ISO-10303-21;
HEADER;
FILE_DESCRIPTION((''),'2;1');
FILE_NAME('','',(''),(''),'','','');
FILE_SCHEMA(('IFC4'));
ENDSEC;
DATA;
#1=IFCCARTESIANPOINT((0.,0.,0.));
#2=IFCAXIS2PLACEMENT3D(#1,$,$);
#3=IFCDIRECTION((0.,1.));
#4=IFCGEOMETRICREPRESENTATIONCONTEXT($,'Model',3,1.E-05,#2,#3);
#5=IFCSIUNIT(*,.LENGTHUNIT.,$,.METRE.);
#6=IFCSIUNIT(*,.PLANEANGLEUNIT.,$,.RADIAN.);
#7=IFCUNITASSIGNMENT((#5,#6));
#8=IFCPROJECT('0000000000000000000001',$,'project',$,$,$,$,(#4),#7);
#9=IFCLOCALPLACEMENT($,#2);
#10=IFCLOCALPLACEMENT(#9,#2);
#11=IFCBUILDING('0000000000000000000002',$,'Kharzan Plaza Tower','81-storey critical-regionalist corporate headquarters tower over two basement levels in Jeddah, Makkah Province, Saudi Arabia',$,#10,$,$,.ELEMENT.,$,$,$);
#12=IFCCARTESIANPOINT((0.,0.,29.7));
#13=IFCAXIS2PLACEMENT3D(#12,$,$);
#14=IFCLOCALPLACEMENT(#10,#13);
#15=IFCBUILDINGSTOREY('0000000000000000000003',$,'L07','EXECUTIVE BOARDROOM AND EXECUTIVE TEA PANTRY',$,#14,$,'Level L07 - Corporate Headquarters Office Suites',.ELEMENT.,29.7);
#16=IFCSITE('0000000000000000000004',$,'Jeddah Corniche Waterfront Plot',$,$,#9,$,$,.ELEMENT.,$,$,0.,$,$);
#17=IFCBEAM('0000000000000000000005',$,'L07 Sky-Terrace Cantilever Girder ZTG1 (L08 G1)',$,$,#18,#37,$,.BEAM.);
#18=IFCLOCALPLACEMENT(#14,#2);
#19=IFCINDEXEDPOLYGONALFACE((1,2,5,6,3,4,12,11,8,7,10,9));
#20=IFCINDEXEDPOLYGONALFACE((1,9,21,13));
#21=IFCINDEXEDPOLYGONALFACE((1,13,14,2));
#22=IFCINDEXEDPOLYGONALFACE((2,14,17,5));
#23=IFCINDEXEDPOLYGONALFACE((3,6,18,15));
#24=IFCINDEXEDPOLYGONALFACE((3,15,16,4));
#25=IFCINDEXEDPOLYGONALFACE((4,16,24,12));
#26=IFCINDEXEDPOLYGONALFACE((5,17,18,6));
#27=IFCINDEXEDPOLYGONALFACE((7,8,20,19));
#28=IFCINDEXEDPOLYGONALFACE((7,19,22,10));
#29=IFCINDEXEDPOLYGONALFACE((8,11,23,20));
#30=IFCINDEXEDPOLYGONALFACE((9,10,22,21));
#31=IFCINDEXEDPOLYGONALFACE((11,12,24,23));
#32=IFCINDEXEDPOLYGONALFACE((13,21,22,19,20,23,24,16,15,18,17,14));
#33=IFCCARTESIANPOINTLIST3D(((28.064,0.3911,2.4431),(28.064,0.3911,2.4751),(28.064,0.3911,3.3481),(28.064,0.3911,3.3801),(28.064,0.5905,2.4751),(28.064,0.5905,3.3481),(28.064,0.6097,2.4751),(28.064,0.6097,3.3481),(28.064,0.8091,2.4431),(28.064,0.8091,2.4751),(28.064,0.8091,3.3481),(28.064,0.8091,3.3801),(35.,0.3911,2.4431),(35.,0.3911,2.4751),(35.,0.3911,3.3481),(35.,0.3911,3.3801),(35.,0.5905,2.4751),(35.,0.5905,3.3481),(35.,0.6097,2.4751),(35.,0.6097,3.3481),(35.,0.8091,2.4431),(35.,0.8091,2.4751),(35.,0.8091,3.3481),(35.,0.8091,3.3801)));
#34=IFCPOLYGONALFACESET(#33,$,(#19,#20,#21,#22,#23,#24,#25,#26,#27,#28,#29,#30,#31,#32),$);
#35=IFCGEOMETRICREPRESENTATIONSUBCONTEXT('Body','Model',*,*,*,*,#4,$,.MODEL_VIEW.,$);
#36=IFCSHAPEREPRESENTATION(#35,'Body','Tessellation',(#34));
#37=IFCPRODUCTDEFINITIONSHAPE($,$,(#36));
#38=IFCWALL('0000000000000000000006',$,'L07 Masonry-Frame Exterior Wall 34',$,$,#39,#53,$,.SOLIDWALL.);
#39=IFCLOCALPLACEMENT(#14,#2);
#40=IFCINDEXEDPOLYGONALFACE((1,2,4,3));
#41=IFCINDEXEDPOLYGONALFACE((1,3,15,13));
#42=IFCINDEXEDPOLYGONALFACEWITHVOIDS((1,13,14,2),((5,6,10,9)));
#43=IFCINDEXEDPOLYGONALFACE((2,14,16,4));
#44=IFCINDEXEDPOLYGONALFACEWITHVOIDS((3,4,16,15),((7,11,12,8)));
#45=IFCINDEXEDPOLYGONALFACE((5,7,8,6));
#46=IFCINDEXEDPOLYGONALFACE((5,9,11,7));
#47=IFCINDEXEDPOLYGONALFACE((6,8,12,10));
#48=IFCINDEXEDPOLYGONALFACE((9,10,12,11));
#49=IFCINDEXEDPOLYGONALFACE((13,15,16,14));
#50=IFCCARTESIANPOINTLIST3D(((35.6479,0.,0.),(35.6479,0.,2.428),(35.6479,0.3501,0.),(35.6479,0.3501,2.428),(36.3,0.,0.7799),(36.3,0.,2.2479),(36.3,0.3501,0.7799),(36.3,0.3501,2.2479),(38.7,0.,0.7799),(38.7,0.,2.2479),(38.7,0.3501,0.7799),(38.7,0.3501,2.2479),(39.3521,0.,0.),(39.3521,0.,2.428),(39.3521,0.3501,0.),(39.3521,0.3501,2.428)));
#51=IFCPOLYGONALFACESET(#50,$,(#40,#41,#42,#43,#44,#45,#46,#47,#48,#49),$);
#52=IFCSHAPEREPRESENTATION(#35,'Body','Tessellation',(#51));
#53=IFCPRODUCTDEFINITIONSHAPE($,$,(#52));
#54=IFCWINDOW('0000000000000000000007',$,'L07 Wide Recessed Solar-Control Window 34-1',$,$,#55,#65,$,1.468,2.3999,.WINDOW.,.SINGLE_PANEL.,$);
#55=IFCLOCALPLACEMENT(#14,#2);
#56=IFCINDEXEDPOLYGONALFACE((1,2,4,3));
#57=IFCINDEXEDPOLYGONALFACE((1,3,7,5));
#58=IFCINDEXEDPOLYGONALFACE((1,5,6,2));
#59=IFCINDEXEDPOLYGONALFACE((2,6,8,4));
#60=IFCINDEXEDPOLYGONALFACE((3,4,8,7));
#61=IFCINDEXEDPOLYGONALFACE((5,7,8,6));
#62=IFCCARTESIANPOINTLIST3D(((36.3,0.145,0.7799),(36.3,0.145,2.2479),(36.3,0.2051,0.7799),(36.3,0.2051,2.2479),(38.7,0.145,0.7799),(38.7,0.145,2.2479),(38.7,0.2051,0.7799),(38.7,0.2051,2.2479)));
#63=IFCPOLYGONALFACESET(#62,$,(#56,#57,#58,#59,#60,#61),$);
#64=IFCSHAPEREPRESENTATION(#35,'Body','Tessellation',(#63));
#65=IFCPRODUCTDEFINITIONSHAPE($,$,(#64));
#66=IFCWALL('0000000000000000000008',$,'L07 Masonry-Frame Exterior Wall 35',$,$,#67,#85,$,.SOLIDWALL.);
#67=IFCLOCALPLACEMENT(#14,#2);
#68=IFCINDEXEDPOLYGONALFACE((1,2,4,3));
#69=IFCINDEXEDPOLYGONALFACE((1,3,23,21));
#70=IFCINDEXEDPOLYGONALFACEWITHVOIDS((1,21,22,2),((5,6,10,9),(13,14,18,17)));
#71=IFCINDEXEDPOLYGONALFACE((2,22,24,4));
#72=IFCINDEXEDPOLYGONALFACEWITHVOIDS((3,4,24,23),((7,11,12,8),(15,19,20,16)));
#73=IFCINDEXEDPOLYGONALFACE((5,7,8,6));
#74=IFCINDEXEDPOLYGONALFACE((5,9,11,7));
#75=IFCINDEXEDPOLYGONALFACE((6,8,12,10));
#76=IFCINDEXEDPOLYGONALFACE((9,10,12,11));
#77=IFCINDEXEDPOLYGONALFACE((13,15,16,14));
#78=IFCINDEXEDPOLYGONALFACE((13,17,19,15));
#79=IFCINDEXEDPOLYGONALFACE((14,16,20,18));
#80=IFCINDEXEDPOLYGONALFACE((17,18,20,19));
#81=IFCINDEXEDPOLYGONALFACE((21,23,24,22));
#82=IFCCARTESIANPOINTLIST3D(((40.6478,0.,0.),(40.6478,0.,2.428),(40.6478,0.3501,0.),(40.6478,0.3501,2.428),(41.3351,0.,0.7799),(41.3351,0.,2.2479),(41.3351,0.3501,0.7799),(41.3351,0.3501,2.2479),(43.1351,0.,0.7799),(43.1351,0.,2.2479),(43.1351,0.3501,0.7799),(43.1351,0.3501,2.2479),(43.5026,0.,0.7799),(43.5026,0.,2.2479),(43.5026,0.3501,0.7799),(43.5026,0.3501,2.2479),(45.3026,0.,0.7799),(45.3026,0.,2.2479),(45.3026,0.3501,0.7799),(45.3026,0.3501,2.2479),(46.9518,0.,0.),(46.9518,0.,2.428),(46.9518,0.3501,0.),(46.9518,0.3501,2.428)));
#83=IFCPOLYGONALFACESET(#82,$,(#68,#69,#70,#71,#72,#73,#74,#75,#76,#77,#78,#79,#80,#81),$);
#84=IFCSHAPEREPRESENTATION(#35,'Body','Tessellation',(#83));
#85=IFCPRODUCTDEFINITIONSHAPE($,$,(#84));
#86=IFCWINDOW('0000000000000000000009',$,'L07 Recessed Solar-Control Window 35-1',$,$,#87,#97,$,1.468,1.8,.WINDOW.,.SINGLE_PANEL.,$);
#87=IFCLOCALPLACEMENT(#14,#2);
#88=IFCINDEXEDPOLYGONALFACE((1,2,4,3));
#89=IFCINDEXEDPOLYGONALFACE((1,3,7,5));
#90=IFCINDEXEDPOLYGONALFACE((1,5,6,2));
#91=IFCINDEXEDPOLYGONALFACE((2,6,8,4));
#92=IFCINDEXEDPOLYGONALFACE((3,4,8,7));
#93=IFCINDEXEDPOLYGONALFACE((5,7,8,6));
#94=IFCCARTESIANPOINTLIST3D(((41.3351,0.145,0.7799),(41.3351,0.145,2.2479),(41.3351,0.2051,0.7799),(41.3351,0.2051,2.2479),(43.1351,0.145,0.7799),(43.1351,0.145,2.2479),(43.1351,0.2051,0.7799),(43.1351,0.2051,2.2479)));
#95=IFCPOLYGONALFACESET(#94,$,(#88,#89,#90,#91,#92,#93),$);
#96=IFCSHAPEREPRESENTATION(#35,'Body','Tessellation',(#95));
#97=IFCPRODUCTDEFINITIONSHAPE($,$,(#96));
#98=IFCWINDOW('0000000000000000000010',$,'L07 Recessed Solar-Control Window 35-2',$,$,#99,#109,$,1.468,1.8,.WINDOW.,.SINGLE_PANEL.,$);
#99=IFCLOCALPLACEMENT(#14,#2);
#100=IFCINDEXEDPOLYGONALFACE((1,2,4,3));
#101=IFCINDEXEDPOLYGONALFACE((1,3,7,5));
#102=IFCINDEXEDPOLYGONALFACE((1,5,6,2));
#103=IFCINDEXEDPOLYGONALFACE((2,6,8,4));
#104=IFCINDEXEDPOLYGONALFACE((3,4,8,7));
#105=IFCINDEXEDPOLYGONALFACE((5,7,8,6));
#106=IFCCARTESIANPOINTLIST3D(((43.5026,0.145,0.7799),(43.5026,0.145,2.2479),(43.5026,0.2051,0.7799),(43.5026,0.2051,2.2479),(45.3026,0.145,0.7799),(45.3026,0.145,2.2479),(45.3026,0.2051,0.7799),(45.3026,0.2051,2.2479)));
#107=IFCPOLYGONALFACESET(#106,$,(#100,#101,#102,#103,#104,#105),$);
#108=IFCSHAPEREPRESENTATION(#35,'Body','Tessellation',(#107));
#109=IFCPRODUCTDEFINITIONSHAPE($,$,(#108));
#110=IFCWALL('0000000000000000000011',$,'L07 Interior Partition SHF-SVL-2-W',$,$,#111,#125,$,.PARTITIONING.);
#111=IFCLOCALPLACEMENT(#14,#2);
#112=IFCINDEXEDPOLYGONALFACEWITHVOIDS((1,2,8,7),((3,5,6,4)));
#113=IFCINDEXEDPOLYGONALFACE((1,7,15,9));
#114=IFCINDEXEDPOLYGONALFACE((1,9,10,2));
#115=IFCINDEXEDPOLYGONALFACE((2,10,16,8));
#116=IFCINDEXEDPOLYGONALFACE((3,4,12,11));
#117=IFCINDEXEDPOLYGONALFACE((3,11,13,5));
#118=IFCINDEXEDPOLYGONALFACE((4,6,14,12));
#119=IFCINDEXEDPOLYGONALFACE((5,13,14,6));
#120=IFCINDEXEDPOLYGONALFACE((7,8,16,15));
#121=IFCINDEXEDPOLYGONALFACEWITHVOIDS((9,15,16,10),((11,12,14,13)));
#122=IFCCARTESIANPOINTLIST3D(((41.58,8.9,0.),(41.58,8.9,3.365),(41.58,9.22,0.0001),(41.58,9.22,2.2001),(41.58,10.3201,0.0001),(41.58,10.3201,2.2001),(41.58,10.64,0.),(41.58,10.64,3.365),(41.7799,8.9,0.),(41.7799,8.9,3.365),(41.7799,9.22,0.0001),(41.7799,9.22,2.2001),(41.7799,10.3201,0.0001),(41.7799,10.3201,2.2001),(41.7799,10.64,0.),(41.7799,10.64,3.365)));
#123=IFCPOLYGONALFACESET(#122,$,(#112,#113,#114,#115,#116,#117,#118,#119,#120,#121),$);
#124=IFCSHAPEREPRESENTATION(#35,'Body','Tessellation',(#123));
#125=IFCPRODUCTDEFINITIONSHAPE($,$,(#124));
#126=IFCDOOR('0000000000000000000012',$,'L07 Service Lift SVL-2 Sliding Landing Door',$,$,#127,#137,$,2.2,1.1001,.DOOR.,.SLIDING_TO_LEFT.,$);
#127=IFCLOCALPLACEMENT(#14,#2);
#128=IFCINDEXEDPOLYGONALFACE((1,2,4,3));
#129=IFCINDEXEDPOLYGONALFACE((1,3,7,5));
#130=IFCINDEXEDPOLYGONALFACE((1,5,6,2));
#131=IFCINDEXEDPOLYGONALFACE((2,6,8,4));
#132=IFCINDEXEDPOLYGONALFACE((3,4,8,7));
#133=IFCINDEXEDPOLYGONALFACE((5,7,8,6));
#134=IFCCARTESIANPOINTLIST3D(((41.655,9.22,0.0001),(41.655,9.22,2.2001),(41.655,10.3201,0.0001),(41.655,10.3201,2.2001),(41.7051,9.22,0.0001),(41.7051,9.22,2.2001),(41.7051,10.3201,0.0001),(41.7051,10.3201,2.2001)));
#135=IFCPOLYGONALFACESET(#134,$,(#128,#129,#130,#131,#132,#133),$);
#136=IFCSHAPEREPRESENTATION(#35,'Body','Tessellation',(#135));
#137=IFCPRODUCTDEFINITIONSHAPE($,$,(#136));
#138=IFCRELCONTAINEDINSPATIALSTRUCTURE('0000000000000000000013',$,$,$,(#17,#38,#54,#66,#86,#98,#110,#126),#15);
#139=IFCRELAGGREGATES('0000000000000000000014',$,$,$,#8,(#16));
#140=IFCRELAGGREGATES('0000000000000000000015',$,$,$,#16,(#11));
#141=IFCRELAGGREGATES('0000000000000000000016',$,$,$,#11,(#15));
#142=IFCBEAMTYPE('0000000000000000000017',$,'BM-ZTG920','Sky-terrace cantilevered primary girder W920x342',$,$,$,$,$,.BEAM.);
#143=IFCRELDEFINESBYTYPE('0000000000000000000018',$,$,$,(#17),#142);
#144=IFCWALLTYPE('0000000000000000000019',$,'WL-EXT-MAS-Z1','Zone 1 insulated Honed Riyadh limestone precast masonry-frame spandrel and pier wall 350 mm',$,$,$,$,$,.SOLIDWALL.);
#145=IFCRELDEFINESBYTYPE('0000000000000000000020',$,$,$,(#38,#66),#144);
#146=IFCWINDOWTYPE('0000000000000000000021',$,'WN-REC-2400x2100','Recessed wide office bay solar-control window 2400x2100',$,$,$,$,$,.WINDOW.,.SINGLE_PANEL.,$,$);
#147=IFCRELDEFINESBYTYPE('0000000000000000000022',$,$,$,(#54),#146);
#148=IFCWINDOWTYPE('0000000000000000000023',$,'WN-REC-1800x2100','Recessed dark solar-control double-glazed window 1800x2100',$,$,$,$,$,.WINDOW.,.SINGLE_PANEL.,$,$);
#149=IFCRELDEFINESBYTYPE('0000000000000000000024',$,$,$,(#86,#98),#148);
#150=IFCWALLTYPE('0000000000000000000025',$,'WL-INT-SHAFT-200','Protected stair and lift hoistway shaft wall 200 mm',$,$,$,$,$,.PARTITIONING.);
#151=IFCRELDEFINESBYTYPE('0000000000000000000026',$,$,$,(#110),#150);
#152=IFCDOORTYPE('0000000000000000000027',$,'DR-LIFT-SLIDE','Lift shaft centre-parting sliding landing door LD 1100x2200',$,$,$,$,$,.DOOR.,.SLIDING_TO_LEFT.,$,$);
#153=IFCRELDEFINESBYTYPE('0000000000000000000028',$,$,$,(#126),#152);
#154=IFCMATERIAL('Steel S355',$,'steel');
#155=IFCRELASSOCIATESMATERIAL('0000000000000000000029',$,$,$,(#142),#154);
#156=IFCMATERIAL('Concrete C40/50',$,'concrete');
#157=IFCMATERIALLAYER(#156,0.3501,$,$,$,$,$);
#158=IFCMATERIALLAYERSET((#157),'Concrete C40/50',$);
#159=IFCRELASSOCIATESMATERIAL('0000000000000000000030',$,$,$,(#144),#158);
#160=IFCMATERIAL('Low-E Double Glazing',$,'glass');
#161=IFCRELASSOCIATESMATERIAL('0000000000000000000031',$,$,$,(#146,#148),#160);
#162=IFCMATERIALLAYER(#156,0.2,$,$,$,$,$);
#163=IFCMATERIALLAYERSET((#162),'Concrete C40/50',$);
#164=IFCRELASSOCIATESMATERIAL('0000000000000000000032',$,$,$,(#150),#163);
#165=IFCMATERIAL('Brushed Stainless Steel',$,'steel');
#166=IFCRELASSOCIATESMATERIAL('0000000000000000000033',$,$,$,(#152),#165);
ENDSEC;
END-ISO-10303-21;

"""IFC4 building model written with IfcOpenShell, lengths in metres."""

from ifc_helpers import new_model, si_unit, direction, frame, frame_2d, origin, origin_2d, place, context, subcontext, project, spatial, rectangle, i_section, extrude, source, transform, mapped, material, layer, layer_set, material_profile, profile_set, type_object, element, fill, save


model = new_model("IFC4")

# Units and contexts
model_context = context("Model", 3, precision=1e-05, world=origin(), true_north=direction((0.0, 1.0)))
body_context = subcontext(model_context, "Body", "Model", "MODEL_VIEW")
ifc_project = project(units=[si_unit("LENGTHUNIT", "METRE"), si_unit("PLANEANGLEUNIT", "RADIAN")], contexts=[model_context])

# Site, building, storey
site_placement = place(None, origin())
site = spatial("IfcSite", under=ifc_project, at=site_placement, Name="Jeddah Corniche Waterfront Plot", CompositionType="ELEMENT", RefElevation=0.0)
building_placement = place(site_placement, origin())
building = spatial("IfcBuilding", under=site, at=building_placement, Name="Kharzan Plaza Tower", Description="81-storey critical-regionalist corporate headquarters tower over two basement levels in Jeddah, Makkah Province, Saudi Arabia", CompositionType="ELEMENT")
storey_placement = place(building_placement, frame((0.0, 0.0, 29.7)))
storey = spatial("IfcBuildingStorey", under=building, at=storey_placement, Name="L07", Description="EXECUTIVE BOARDROOM AND EXECUTIVE TEA PANTRY", LongName="Level L07 - Corporate Headquarters Office Suites", CompositionType="ELEMENT", Elevation=29.7)

# Beam
ifc_material_1 = material(Name="Steel S355", Category="steel")
ifc_material_profile_1 = material_profile(ifc_material_1, i_section(OverallWidth=0.418, OverallDepth=0.937, WebThickness=0.0193, FlangeThickness=0.032, at=origin_2d()), Name="W920x342")
ifc_profile_set_1 = profile_set([ifc_material_profile_1], Name="Steel S355")
beam_type_1 = type_object("IfcBeamType", Name="BM-ZTG920", Description="Sky-terrace cantilevered primary girder W920x342", PredefinedType="BEAM", material=ifc_profile_set_1)
shared_shape_1 = source(origin(), body_context, "Body", "SweptSolid", [
    extrude(i_section(OverallWidth=0.418, OverallDepth=0.937, WebThickness=0.0193, FlangeThickness=0.032, at=origin_2d()), origin(), (0.0, 0.0, 1.0), 6.936),
])
beam_1_placement = place(storey_placement, frame((35.0, 0.6001, 2.9116), z_axis=(-1.0, 0.0, 0.0), x_axis=(0.0, -1.0, 0.0)))
element("IfcBeam", 1, at=beam_1_placement, inside=storey, type_object=beam_type_1, Name="L07 Sky-Terrace Cantilever Girder ZTG1 (L08 G1)", PredefinedType="BEAM", context=body_context, shape_type="MappedRepresentation", body=[
    mapped(shared_shape_1, transform((0.0, 0.0, 0.0), x_axis=(1.0, 0.0, 0.0), y_axis=(0.0, 1.0, 0.0), z_axis=(0.0, 0.0, 1.0))),
])

# Wall, opening, window
ifc_material_2 = material(Name="Concrete C40/50", Category="concrete")
ifc_layer_1 = layer(ifc_material_2, 0.3501)
ifc_layer_set_1 = layer_set([ifc_layer_1], Name="Concrete C40/50")
wall_type_1 = type_object("IfcWallType", Name="WL-EXT-MAS-Z1", Description="Zone 1 insulated Honed Riyadh limestone precast masonry-frame spandrel and pier wall 350 mm", PredefinedType="SOLIDWALL", material=ifc_layer_set_1)
wall_1_placement = place(storey_placement, frame((35.6479, 0.175, 0.0), z_axis=(0.0, 0.0, 1.0), x_axis=(1.0, 0.0, 0.0)))
wall_1 = element("IfcWall", 2, at=wall_1_placement, inside=storey, type_object=wall_type_1, Name="L07 Masonry-Frame Exterior Wall 34", PredefinedType="SOLIDWALL", context=body_context, shape_type="SweptSolid", body=[
    extrude(rectangle(XDim=3.7041, YDim=0.3501, at=frame_2d((1.8521, 0.0))), origin(), (0.0, 0.0, 1.0), 2.428),
])
opening_1_placement = place(wall_1_placement, frame((0.6521, 0.0, 0.78)))
opening_1 = element("IfcOpeningElement", 3, at=opening_1_placement, cuts=wall_1, PredefinedType="OPENING", context=body_context, shape_type="SweptSolid", body=[
    extrude(rectangle(XDim=2.3999, YDim=1.468, at=frame_2d((1.2, 0.7339))), frame((0.0, 0.1851, 0.0), z_axis=(0.0, -1.0, 0.0), x_axis=(1.0, 0.0, 0.0)), (0.0, 0.0, 1.0), 0.3701),
])
ifc_material_3 = material(Name="Low-E Double Glazing", Category="glass")
window_type_1 = type_object("IfcWindowType", Name="WN-REC-2400x2100", Description="Recessed wide office bay solar-control window 2400x2100", PartitioningType="SINGLE_PANEL", PredefinedType="WINDOW", material=ifc_material_3)
shared_shape_2 = source(origin(), body_context, "Body", "SweptSolid", [
    extrude(rectangle(XDim=2.3999, YDim=1.468, at=frame_2d((1.2, 0.7339))), frame((0.0, 0.03, 0.0), z_axis=(0.0, -1.0, 0.0), x_axis=(1.0, 0.0, 0.0)), (0.0, 0.0, 1.0), 0.0601),
])
window_1_placement = place(opening_1_placement, origin())
window_1 = element("IfcWindow", 4, at=window_1_placement, inside=storey, type_object=window_type_1, Name="L07 Wide Recessed Solar-Control Window 34-1", OverallHeight=1.468, OverallWidth=2.3999, PartitioningType="SINGLE_PANEL", PredefinedType="WINDOW", context=body_context, shape_type="MappedRepresentation", body=[
    mapped(shared_shape_2, transform((0.0, 0.0, 0.0), x_axis=(1.0, 0.0, 0.0), y_axis=(0.0, 1.0, 0.0), z_axis=(0.0, 0.0, 1.0))),
])
fill(opening_1, window_1)

# Wall, openings, windows
wall_2_placement = place(storey_placement, frame((40.6479, 0.175, 0.0), z_axis=(0.0, 0.0, 1.0), x_axis=(1.0, 0.0, 0.0)))
wall_2 = element("IfcWall", 5, at=wall_2_placement, inside=storey, type_object=wall_type_1, Name="L07 Masonry-Frame Exterior Wall 35", PredefinedType="SOLIDWALL", context=body_context, shape_type="SweptSolid", body=[
    extrude(rectangle(XDim=6.304, YDim=0.3501, at=frame_2d((3.1519, 0.0))), origin(), (0.0, 0.0, 1.0), 2.428),
])
opening_2_placement = place(wall_2_placement, frame((0.6873, 0.0, 0.78)))
opening_2 = element("IfcOpeningElement", 6, at=opening_2_placement, cuts=wall_2, PredefinedType="OPENING", context=body_context, shape_type="SweptSolid", body=[
    extrude(rectangle(XDim=1.8, YDim=1.468, at=frame_2d((0.8999, 0.7339))), frame((0.0, 0.1851, 0.0), z_axis=(0.0, -1.0, 0.0), x_axis=(1.0, 0.0, 0.0)), (0.0, 0.0, 1.0), 0.3701),
])
opening_3_placement = place(wall_2_placement, frame((2.8547, 0.0, 0.78)))
opening_3 = element("IfcOpeningElement", 7, at=opening_3_placement, cuts=wall_2, PredefinedType="OPENING", context=body_context, shape_type="SweptSolid", body=[
    extrude(rectangle(XDim=1.8, YDim=1.468, at=frame_2d((0.8999, 0.7339))), frame((0.0, 0.1851, 0.0), z_axis=(0.0, -1.0, 0.0), x_axis=(1.0, 0.0, 0.0)), (0.0, 0.0, 1.0), 0.3701),
])
window_type_2 = type_object("IfcWindowType", Name="WN-REC-1800x2100", Description="Recessed dark solar-control double-glazed window 1800x2100", PartitioningType="SINGLE_PANEL", PredefinedType="WINDOW", material=ifc_material_3)
shared_shape_3 = source(origin(), body_context, "Body", "SweptSolid", [
    extrude(rectangle(XDim=1.8, YDim=1.468, at=frame_2d((0.8999, 0.7339))), frame((0.0, 0.03, 0.0), z_axis=(0.0, -1.0, 0.0), x_axis=(1.0, 0.0, 0.0)), (0.0, 0.0, 1.0), 0.0601),
])
window_2_placement = place(opening_2_placement, origin())
window_2 = element("IfcWindow", 8, at=window_2_placement, inside=storey, type_object=window_type_2, Name="L07 Recessed Solar-Control Window 35-1", OverallHeight=1.468, OverallWidth=1.8, PartitioningType="SINGLE_PANEL", PredefinedType="WINDOW", context=body_context, shape_type="MappedRepresentation", body=[
    mapped(shared_shape_3, transform((0.0, 0.0, 0.0), x_axis=(1.0, 0.0, 0.0), y_axis=(0.0, 1.0, 0.0), z_axis=(0.0, 0.0, 1.0))),
])
fill(opening_2, window_2)
window_3_placement = place(opening_3_placement, origin())
window_3 = element("IfcWindow", 9, at=window_3_placement, inside=storey, type_object=window_type_2, Name="L07 Recessed Solar-Control Window 35-2", OverallHeight=1.468, OverallWidth=1.8, PartitioningType="SINGLE_PANEL", PredefinedType="WINDOW", context=body_context, shape_type="MappedRepresentation", body=[
    mapped(shared_shape_3, transform((0.0, 0.0, 0.0), x_axis=(1.0, 0.0, 0.0), y_axis=(0.0, 1.0, 0.0), z_axis=(0.0, 0.0, 1.0))),
])
fill(opening_3, window_3)

# Wall, opening, door
ifc_layer_2 = layer(ifc_material_2, 0.2)
ifc_layer_set_2 = layer_set([ifc_layer_2], Name="Concrete C40/50")
wall_type_2 = type_object("IfcWallType", Name="WL-INT-SHAFT-200", Description="Protected stair and lift hoistway shaft wall 200 mm", PredefinedType="PARTITIONING", material=ifc_layer_set_2)
wall_3_placement = place(storey_placement, frame((41.6799, 8.8999, 0.0), z_axis=(0.0, 0.0, 1.0), x_axis=(0.0, 1.0, 0.0)))
wall_3 = element("IfcWall", 10, at=wall_3_placement, inside=storey, type_object=wall_type_2, Name="L07 Interior Partition SHF-SVL-2-W", PredefinedType="PARTITIONING", context=body_context, shape_type="SweptSolid", body=[
    extrude(rectangle(XDim=1.74, YDim=0.2, at=frame_2d((0.8701, 0.0))), origin(), (0.0, 0.0, 1.0), 3.365),
])
opening_4_placement = place(wall_3_placement, frame((0.3201, 0.0, 0.0)))
opening_4 = element("IfcOpeningElement", 11, at=opening_4_placement, cuts=wall_3, PredefinedType="OPENING", context=body_context, shape_type="SweptSolid", body=[
    extrude(rectangle(XDim=1.1001, YDim=2.2, at=frame_2d((0.55, 1.1001))), frame((0.0, 0.1099, 0.0), z_axis=(0.0, -1.0, 0.0), x_axis=(1.0, 0.0, 0.0)), (0.0, 0.0, 1.0), 0.22),
])
ifc_material_4 = material(Name="Brushed Stainless Steel", Category="steel")
door_type_1 = type_object("IfcDoorType", Name="DR-LIFT-SLIDE", Description="Lift shaft centre-parting sliding landing door LD 1100x2200", OperationType="SLIDING_TO_LEFT", PredefinedType="DOOR", material=ifc_material_4)
shared_shape_4 = source(origin(), body_context, "Body", "SweptSolid", [
    extrude(rectangle(XDim=1.1001, YDim=2.2, at=frame_2d((0.55, 1.1001))), frame((0.0, 0.0249, 0.0), z_axis=(0.0, -1.0, 0.0), x_axis=(1.0, 0.0, 0.0)), (0.0, 0.0, 1.0), 0.05),
])
door_1_placement = place(opening_4_placement, origin())
door_1 = element("IfcDoor", 12, at=door_1_placement, inside=storey, type_object=door_type_1, Name="L07 Service Lift SVL-2 Sliding Landing Door", OperationType="SLIDING_TO_LEFT", OverallHeight=2.2, OverallWidth=1.1001, PredefinedType="DOOR", context=body_context, shape_type="MappedRepresentation", body=[
    mapped(shared_shape_4, transform((0.0, 0.0, 0.0), x_axis=(1.0, 0.0, 0.0), y_axis=(0.0, 1.0, 0.0), z_axis=(0.0, 0.0, 1.0))),
])
fill(opening_4, door_1)

save(model, "model.ifc")
